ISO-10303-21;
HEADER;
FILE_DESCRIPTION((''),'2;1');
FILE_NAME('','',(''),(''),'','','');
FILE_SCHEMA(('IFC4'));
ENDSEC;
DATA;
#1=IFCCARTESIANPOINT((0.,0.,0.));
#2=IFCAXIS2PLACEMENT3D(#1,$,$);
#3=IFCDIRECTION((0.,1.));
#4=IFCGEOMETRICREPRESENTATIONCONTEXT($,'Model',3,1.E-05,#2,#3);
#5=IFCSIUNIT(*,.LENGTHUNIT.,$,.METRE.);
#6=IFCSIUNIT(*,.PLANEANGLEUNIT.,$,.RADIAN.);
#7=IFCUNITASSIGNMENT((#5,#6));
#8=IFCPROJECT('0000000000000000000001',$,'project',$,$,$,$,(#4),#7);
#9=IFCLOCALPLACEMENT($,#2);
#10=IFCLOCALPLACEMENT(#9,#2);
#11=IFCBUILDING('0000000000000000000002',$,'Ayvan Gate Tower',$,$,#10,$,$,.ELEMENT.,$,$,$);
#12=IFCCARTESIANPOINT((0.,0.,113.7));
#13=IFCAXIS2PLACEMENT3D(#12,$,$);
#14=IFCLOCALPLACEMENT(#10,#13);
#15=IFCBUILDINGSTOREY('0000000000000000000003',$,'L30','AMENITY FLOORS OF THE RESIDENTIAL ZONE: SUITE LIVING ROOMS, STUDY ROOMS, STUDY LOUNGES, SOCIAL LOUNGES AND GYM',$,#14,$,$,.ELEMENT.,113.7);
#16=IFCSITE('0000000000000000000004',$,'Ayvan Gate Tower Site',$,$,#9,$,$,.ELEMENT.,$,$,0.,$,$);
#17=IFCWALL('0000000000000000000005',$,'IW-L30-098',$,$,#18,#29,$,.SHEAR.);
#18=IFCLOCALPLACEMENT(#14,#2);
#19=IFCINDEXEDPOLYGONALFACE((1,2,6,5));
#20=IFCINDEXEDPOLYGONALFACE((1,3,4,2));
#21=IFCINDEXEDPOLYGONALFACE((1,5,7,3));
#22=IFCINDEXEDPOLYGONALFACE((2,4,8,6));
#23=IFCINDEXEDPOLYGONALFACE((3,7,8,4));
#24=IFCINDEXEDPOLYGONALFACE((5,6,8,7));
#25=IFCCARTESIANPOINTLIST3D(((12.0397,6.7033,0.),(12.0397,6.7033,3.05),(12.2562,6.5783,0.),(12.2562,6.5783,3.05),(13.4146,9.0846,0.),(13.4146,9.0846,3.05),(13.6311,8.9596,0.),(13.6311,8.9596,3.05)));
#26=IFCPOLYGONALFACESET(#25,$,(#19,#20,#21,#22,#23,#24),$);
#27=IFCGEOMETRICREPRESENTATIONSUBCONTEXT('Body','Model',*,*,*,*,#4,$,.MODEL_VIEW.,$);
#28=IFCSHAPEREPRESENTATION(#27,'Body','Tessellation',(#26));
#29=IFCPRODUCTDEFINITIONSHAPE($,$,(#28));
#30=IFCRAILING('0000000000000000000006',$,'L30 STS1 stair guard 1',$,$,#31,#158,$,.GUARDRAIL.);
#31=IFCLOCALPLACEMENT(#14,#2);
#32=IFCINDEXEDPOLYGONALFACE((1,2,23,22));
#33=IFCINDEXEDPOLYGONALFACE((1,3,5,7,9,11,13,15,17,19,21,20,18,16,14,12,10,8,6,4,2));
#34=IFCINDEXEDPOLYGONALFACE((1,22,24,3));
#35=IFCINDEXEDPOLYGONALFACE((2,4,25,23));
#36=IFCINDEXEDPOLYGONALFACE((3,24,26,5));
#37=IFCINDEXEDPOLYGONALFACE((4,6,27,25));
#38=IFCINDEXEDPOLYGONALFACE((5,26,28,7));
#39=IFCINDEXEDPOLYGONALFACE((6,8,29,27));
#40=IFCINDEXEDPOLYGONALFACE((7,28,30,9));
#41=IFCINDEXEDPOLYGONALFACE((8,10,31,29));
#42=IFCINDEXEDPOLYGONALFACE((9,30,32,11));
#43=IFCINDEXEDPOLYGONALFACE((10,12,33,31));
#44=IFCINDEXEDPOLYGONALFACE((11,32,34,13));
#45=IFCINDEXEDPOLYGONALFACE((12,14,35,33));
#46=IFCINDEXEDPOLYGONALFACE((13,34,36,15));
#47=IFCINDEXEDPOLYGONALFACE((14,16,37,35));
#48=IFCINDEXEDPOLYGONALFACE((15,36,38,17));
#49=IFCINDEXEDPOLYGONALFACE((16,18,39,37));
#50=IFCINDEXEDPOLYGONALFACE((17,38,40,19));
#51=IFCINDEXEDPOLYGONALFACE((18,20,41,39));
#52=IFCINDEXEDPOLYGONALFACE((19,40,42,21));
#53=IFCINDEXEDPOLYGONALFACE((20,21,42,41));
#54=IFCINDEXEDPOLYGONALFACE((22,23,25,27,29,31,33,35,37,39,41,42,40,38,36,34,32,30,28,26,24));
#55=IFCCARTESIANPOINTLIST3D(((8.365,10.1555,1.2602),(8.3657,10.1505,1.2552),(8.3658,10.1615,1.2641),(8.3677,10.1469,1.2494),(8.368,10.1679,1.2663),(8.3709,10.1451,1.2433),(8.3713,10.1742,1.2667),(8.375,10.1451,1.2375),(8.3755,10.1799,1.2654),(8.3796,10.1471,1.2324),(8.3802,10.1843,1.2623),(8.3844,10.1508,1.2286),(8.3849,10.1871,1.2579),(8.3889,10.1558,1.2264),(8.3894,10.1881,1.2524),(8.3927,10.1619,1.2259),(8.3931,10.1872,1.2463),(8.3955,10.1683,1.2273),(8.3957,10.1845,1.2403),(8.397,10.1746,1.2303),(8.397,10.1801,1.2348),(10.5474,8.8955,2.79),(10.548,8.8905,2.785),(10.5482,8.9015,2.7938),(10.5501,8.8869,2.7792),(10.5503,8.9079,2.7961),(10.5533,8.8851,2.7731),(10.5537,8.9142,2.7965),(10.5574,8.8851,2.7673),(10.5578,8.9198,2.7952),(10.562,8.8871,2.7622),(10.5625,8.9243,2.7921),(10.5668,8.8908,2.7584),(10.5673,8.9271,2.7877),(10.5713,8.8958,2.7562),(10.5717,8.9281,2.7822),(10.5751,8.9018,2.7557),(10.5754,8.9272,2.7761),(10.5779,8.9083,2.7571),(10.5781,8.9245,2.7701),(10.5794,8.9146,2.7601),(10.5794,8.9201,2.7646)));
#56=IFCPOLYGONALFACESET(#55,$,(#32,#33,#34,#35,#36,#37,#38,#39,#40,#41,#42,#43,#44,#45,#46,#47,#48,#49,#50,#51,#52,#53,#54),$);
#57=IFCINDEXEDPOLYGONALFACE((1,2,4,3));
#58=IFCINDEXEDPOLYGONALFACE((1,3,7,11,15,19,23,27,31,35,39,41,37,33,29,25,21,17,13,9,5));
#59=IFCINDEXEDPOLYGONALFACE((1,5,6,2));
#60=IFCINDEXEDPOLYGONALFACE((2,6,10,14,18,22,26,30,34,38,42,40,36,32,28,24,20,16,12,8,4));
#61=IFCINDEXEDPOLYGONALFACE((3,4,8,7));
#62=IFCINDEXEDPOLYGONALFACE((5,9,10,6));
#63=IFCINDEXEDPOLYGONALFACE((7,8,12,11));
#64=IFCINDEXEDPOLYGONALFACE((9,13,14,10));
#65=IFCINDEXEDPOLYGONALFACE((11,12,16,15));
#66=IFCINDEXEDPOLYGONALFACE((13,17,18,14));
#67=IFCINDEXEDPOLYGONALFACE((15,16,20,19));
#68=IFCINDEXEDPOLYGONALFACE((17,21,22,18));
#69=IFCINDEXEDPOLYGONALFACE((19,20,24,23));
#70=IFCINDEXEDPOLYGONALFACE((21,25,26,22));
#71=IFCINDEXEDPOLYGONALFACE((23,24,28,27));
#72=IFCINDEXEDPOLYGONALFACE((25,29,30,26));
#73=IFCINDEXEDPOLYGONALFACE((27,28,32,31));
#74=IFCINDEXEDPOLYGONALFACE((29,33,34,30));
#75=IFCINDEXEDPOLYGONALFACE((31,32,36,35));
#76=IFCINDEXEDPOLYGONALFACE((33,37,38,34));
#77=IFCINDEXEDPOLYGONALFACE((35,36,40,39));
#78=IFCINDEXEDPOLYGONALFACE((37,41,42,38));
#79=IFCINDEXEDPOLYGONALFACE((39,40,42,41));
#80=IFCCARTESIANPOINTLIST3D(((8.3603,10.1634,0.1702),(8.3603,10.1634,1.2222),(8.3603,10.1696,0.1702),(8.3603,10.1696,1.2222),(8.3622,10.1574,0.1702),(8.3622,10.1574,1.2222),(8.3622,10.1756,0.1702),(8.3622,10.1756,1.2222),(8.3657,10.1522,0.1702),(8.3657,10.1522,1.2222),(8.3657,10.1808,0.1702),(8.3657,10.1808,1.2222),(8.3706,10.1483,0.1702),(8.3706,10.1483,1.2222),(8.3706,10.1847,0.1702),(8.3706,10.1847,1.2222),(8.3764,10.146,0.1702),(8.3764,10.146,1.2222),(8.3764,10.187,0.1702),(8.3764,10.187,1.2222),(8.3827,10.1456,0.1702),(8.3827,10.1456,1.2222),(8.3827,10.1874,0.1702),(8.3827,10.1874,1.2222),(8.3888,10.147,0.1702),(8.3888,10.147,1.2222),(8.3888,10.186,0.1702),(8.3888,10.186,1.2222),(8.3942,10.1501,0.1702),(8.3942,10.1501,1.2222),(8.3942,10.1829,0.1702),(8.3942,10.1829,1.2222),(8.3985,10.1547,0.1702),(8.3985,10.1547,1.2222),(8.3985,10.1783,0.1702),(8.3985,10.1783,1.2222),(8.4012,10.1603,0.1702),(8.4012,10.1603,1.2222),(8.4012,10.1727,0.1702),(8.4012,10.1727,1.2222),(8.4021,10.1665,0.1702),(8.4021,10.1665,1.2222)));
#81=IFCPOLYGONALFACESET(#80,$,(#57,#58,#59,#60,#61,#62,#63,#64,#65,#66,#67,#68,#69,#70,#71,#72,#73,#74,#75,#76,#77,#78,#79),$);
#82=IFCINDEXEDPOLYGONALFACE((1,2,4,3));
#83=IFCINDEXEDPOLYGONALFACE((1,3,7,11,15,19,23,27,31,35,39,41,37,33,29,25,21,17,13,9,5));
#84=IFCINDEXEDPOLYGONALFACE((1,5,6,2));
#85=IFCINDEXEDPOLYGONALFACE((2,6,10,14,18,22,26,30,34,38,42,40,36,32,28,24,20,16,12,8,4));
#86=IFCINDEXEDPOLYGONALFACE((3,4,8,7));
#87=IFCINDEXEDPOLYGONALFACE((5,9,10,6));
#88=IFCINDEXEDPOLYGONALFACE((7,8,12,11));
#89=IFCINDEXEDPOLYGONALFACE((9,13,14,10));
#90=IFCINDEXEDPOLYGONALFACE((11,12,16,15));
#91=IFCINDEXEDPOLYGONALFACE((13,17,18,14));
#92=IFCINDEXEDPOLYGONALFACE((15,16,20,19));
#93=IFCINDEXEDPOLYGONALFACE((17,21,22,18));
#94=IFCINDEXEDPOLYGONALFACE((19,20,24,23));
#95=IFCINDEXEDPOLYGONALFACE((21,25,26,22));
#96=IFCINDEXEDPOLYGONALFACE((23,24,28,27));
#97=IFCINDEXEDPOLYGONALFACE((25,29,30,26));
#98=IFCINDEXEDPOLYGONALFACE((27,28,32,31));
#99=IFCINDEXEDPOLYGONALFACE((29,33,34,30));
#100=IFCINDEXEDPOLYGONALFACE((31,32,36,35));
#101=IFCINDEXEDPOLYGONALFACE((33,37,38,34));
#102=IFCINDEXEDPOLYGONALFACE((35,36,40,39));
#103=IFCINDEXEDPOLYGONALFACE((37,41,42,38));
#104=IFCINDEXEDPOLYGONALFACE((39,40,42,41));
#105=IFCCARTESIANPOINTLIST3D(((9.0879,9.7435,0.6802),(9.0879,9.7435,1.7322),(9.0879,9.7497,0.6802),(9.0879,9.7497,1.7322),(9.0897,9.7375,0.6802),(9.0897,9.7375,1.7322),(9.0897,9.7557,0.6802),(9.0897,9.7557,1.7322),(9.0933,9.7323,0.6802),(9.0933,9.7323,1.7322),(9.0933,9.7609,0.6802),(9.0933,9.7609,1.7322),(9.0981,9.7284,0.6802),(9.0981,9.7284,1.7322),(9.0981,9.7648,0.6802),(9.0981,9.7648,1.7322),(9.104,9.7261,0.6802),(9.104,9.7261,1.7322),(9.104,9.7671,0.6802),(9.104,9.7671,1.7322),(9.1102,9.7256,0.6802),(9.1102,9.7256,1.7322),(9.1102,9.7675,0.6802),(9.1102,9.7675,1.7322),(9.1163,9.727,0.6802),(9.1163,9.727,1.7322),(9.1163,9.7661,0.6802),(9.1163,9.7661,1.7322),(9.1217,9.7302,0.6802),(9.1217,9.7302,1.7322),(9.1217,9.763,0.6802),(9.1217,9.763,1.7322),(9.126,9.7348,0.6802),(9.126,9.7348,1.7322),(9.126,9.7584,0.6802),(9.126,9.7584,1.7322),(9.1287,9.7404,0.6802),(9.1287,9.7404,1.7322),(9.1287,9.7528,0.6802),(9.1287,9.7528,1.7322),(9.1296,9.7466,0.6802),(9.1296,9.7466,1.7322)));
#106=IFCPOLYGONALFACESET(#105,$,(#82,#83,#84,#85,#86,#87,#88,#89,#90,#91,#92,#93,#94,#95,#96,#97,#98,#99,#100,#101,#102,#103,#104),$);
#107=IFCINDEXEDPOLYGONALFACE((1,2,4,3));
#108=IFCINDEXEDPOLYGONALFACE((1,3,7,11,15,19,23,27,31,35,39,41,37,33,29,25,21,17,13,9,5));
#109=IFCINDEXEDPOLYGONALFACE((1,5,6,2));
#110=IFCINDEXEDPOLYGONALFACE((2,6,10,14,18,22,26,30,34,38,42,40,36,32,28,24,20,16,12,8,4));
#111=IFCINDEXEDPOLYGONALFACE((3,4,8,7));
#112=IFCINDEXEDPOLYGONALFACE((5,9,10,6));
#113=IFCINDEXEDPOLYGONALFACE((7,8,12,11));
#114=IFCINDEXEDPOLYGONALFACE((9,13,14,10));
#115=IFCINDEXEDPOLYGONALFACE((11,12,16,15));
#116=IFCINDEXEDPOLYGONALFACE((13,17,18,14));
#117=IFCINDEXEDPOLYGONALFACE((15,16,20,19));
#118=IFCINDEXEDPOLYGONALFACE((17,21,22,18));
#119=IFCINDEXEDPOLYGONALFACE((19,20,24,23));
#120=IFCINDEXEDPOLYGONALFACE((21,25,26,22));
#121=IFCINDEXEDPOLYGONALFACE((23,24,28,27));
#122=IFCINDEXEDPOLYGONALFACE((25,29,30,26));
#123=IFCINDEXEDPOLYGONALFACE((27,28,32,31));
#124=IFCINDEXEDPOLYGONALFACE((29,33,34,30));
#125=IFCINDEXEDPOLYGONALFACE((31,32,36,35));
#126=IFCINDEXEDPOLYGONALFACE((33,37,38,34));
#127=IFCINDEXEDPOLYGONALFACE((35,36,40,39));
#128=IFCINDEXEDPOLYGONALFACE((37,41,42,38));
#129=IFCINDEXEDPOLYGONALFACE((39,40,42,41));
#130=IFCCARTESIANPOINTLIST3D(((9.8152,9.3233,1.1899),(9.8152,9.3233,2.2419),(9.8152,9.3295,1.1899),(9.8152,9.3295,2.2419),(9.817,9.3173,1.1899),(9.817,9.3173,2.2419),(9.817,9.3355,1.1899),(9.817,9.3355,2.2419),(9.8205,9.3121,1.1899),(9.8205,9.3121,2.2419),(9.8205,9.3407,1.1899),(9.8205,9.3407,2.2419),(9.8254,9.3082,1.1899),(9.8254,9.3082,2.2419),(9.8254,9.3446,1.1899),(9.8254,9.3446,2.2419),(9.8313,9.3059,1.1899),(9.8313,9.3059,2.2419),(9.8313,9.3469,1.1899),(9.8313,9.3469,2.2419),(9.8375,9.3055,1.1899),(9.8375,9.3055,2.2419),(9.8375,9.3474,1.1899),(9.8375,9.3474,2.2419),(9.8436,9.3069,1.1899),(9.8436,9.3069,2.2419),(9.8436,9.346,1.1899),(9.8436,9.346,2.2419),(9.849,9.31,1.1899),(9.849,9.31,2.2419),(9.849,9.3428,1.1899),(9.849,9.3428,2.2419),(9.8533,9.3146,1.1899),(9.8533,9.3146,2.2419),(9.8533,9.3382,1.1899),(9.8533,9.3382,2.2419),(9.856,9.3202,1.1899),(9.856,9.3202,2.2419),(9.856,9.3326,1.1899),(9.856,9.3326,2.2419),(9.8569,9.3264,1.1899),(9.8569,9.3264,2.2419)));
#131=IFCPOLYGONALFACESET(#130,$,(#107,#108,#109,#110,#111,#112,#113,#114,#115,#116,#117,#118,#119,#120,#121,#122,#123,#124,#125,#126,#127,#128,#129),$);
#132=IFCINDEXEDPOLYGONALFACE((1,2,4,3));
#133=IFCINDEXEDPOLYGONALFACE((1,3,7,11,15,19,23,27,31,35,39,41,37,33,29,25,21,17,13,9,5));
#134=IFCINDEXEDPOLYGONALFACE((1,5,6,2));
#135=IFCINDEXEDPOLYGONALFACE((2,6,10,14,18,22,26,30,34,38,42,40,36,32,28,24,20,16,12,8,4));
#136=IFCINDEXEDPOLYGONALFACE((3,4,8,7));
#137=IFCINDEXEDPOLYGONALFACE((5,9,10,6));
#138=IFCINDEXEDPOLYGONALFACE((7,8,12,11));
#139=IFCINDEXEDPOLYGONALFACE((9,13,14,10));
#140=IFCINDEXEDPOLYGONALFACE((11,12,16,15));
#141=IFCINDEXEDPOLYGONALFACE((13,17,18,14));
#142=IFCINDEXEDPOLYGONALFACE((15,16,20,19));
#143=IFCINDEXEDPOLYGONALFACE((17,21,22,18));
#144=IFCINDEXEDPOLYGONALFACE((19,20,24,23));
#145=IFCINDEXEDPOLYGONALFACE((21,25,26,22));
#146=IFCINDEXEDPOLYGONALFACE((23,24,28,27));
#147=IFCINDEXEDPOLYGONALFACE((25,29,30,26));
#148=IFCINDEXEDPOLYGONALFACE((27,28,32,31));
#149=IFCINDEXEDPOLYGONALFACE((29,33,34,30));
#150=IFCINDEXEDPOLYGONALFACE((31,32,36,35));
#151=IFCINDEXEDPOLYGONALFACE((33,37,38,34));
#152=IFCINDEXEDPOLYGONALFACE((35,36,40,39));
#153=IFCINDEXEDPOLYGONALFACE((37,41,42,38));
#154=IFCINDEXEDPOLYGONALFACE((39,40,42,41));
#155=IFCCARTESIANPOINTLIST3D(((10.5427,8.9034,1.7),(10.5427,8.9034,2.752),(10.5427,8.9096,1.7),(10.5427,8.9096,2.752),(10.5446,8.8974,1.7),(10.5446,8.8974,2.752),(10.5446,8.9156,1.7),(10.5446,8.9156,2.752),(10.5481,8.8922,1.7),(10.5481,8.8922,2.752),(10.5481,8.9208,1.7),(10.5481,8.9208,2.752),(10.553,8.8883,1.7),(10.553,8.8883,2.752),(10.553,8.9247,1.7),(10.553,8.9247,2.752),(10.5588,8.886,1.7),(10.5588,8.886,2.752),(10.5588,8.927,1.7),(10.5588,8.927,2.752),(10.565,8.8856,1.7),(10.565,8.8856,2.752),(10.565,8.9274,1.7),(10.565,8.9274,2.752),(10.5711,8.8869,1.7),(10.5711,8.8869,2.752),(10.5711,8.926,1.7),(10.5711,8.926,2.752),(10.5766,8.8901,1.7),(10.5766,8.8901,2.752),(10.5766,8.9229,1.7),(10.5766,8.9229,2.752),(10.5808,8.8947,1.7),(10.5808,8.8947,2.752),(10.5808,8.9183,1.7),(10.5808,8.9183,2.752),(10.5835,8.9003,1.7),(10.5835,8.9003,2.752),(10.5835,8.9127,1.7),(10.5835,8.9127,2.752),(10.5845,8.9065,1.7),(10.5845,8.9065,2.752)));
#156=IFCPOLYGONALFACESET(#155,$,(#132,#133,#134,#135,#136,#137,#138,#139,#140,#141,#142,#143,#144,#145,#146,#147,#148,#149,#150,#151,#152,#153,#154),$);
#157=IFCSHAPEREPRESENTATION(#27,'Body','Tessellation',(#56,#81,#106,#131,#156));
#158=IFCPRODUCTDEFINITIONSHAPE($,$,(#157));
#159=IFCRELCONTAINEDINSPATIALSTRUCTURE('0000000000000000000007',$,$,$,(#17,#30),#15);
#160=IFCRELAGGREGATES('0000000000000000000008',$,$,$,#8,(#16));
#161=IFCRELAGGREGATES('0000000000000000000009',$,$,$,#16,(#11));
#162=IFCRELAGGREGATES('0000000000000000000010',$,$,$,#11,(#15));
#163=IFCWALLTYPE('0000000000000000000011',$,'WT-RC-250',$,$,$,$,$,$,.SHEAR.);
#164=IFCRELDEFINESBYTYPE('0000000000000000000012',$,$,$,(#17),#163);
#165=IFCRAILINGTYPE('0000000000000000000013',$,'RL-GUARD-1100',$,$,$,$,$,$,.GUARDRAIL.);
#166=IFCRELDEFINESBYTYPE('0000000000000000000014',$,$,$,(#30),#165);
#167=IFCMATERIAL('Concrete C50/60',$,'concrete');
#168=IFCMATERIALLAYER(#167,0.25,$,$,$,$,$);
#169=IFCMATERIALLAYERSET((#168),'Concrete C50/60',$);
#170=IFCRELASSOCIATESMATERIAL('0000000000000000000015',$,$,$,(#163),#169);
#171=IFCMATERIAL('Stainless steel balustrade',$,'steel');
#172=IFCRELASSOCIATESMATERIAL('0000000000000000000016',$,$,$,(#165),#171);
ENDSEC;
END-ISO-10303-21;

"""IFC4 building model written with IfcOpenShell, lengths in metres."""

from ifc_helpers import new_model, si_unit, direction, frame, frame_2d, origin, origin_2d, place, context, subcontext, project, spatial, rectangle, circle, extrude, material, layer, layer_set, type_object, element, save


model = new_model("IFC4")

# Units and contexts
model_context = context("Model", 3, precision=1e-05, world=origin(), true_north=direction((0.0, 1.0)))
body_context = subcontext(model_context, "Body", "Model", "MODEL_VIEW")
ifc_project = project(units=[si_unit("LENGTHUNIT", "METRE"), si_unit("PLANEANGLEUNIT", "RADIAN")], contexts=[model_context])

# Site, building, storey
site_placement = place(None, origin())
site = spatial("IfcSite", under=ifc_project, at=site_placement, Name="Ayvan Gate Tower Site", CompositionType="ELEMENT", RefElevation=0.0)
building_placement = place(site_placement, origin())
building = spatial("IfcBuilding", under=site, at=building_placement, Name="Ayvan Gate Tower", CompositionType="ELEMENT")
storey_placement = place(building_placement, frame((0.0, 0.0, 113.7)))
storey = spatial("IfcBuildingStorey", under=building, at=storey_placement, Name="L30", Description="AMENITY FLOORS OF THE RESIDENTIAL ZONE: SUITE LIVING ROOMS, STUDY ROOMS, STUDY LOUNGES, SOCIAL LOUNGES AND GYM", CompositionType="ELEMENT", Elevation=113.7)

# Shared definitions
ifc_material_1 = material(Name="Concrete C50/60", Category="concrete")
ifc_layer_1 = layer(ifc_material_1, 0.25)
ifc_layer_set_1 = layer_set([ifc_layer_1], Name="Concrete C50/60")
wall_type_1 = type_object("IfcWallType", Name="WT-RC-250", PredefinedType="SHEAR", material=ifc_layer_set_1)

# Wall
wall_1_placement = place(storey_placement, frame((13.5229, 9.0222, 0.0), z_axis=(0.0, 0.0, 1.0), x_axis=(-0.500035, -0.866005, 0.0)))
element("IfcWall", 1, at=wall_1_placement, inside=storey, type_object=wall_type_1, Name="IW-L30-098", PredefinedType="SHEAR", context=body_context, shape_type="SweptSolid", body=[
    extrude(rectangle(XDim=2.7498, YDim=0.25, at=frame_2d((1.375, 0.0))), origin(), (0.0, 0.0, 1.0), 3.05),
])

# Railing
ifc_material_2 = material(Name="Stainless steel balustrade", Category="steel")
railing_type_1 = type_object("IfcRailingType", Name="RL-GUARD-1100", PredefinedType="GUARDRAIL", material=ifc_material_2)
railing_1_placement = place(storey_placement, frame((8.3811, 10.1665, 0.1702)))
element("IfcRailing", 2, at=railing_1_placement, inside=storey, type_object=railing_type_1, Name="L30 STS1 stair guard 1", PredefinedType="GUARDRAIL", context=body_context, shape_type="SweptSolid", body=[
    extrude(circle(Radius=0.0239, at=origin_2d()), frame((0.0, 0.0, 1.0762), z_axis=(0.740293, -0.427414, 0.518926), x_axis=(0.500005, 0.866023, 0.0)), (0.0, 0.0, 1.0), 2.948),
    extrude(circle(Radius=0.021, at=origin_2d()), origin(), (0.0, 0.0, 1.0), 1.052),
    extrude(circle(Radius=0.021, at=origin_2d()), frame((0.7275, -0.4199, 0.51)), (0.0, 0.0, 1.0), 1.052),
    extrude(circle(Radius=0.021, at=origin_2d()), frame((1.4548, -0.8401, 1.0198)), (0.0, 0.0, 1.0), 1.052),
    extrude(circle(Radius=0.021, at=origin_2d()), frame((2.1824, -1.26, 1.5298)), (0.0, 0.0, 1.0), 1.052),
])

save(model, "model.ifc")
